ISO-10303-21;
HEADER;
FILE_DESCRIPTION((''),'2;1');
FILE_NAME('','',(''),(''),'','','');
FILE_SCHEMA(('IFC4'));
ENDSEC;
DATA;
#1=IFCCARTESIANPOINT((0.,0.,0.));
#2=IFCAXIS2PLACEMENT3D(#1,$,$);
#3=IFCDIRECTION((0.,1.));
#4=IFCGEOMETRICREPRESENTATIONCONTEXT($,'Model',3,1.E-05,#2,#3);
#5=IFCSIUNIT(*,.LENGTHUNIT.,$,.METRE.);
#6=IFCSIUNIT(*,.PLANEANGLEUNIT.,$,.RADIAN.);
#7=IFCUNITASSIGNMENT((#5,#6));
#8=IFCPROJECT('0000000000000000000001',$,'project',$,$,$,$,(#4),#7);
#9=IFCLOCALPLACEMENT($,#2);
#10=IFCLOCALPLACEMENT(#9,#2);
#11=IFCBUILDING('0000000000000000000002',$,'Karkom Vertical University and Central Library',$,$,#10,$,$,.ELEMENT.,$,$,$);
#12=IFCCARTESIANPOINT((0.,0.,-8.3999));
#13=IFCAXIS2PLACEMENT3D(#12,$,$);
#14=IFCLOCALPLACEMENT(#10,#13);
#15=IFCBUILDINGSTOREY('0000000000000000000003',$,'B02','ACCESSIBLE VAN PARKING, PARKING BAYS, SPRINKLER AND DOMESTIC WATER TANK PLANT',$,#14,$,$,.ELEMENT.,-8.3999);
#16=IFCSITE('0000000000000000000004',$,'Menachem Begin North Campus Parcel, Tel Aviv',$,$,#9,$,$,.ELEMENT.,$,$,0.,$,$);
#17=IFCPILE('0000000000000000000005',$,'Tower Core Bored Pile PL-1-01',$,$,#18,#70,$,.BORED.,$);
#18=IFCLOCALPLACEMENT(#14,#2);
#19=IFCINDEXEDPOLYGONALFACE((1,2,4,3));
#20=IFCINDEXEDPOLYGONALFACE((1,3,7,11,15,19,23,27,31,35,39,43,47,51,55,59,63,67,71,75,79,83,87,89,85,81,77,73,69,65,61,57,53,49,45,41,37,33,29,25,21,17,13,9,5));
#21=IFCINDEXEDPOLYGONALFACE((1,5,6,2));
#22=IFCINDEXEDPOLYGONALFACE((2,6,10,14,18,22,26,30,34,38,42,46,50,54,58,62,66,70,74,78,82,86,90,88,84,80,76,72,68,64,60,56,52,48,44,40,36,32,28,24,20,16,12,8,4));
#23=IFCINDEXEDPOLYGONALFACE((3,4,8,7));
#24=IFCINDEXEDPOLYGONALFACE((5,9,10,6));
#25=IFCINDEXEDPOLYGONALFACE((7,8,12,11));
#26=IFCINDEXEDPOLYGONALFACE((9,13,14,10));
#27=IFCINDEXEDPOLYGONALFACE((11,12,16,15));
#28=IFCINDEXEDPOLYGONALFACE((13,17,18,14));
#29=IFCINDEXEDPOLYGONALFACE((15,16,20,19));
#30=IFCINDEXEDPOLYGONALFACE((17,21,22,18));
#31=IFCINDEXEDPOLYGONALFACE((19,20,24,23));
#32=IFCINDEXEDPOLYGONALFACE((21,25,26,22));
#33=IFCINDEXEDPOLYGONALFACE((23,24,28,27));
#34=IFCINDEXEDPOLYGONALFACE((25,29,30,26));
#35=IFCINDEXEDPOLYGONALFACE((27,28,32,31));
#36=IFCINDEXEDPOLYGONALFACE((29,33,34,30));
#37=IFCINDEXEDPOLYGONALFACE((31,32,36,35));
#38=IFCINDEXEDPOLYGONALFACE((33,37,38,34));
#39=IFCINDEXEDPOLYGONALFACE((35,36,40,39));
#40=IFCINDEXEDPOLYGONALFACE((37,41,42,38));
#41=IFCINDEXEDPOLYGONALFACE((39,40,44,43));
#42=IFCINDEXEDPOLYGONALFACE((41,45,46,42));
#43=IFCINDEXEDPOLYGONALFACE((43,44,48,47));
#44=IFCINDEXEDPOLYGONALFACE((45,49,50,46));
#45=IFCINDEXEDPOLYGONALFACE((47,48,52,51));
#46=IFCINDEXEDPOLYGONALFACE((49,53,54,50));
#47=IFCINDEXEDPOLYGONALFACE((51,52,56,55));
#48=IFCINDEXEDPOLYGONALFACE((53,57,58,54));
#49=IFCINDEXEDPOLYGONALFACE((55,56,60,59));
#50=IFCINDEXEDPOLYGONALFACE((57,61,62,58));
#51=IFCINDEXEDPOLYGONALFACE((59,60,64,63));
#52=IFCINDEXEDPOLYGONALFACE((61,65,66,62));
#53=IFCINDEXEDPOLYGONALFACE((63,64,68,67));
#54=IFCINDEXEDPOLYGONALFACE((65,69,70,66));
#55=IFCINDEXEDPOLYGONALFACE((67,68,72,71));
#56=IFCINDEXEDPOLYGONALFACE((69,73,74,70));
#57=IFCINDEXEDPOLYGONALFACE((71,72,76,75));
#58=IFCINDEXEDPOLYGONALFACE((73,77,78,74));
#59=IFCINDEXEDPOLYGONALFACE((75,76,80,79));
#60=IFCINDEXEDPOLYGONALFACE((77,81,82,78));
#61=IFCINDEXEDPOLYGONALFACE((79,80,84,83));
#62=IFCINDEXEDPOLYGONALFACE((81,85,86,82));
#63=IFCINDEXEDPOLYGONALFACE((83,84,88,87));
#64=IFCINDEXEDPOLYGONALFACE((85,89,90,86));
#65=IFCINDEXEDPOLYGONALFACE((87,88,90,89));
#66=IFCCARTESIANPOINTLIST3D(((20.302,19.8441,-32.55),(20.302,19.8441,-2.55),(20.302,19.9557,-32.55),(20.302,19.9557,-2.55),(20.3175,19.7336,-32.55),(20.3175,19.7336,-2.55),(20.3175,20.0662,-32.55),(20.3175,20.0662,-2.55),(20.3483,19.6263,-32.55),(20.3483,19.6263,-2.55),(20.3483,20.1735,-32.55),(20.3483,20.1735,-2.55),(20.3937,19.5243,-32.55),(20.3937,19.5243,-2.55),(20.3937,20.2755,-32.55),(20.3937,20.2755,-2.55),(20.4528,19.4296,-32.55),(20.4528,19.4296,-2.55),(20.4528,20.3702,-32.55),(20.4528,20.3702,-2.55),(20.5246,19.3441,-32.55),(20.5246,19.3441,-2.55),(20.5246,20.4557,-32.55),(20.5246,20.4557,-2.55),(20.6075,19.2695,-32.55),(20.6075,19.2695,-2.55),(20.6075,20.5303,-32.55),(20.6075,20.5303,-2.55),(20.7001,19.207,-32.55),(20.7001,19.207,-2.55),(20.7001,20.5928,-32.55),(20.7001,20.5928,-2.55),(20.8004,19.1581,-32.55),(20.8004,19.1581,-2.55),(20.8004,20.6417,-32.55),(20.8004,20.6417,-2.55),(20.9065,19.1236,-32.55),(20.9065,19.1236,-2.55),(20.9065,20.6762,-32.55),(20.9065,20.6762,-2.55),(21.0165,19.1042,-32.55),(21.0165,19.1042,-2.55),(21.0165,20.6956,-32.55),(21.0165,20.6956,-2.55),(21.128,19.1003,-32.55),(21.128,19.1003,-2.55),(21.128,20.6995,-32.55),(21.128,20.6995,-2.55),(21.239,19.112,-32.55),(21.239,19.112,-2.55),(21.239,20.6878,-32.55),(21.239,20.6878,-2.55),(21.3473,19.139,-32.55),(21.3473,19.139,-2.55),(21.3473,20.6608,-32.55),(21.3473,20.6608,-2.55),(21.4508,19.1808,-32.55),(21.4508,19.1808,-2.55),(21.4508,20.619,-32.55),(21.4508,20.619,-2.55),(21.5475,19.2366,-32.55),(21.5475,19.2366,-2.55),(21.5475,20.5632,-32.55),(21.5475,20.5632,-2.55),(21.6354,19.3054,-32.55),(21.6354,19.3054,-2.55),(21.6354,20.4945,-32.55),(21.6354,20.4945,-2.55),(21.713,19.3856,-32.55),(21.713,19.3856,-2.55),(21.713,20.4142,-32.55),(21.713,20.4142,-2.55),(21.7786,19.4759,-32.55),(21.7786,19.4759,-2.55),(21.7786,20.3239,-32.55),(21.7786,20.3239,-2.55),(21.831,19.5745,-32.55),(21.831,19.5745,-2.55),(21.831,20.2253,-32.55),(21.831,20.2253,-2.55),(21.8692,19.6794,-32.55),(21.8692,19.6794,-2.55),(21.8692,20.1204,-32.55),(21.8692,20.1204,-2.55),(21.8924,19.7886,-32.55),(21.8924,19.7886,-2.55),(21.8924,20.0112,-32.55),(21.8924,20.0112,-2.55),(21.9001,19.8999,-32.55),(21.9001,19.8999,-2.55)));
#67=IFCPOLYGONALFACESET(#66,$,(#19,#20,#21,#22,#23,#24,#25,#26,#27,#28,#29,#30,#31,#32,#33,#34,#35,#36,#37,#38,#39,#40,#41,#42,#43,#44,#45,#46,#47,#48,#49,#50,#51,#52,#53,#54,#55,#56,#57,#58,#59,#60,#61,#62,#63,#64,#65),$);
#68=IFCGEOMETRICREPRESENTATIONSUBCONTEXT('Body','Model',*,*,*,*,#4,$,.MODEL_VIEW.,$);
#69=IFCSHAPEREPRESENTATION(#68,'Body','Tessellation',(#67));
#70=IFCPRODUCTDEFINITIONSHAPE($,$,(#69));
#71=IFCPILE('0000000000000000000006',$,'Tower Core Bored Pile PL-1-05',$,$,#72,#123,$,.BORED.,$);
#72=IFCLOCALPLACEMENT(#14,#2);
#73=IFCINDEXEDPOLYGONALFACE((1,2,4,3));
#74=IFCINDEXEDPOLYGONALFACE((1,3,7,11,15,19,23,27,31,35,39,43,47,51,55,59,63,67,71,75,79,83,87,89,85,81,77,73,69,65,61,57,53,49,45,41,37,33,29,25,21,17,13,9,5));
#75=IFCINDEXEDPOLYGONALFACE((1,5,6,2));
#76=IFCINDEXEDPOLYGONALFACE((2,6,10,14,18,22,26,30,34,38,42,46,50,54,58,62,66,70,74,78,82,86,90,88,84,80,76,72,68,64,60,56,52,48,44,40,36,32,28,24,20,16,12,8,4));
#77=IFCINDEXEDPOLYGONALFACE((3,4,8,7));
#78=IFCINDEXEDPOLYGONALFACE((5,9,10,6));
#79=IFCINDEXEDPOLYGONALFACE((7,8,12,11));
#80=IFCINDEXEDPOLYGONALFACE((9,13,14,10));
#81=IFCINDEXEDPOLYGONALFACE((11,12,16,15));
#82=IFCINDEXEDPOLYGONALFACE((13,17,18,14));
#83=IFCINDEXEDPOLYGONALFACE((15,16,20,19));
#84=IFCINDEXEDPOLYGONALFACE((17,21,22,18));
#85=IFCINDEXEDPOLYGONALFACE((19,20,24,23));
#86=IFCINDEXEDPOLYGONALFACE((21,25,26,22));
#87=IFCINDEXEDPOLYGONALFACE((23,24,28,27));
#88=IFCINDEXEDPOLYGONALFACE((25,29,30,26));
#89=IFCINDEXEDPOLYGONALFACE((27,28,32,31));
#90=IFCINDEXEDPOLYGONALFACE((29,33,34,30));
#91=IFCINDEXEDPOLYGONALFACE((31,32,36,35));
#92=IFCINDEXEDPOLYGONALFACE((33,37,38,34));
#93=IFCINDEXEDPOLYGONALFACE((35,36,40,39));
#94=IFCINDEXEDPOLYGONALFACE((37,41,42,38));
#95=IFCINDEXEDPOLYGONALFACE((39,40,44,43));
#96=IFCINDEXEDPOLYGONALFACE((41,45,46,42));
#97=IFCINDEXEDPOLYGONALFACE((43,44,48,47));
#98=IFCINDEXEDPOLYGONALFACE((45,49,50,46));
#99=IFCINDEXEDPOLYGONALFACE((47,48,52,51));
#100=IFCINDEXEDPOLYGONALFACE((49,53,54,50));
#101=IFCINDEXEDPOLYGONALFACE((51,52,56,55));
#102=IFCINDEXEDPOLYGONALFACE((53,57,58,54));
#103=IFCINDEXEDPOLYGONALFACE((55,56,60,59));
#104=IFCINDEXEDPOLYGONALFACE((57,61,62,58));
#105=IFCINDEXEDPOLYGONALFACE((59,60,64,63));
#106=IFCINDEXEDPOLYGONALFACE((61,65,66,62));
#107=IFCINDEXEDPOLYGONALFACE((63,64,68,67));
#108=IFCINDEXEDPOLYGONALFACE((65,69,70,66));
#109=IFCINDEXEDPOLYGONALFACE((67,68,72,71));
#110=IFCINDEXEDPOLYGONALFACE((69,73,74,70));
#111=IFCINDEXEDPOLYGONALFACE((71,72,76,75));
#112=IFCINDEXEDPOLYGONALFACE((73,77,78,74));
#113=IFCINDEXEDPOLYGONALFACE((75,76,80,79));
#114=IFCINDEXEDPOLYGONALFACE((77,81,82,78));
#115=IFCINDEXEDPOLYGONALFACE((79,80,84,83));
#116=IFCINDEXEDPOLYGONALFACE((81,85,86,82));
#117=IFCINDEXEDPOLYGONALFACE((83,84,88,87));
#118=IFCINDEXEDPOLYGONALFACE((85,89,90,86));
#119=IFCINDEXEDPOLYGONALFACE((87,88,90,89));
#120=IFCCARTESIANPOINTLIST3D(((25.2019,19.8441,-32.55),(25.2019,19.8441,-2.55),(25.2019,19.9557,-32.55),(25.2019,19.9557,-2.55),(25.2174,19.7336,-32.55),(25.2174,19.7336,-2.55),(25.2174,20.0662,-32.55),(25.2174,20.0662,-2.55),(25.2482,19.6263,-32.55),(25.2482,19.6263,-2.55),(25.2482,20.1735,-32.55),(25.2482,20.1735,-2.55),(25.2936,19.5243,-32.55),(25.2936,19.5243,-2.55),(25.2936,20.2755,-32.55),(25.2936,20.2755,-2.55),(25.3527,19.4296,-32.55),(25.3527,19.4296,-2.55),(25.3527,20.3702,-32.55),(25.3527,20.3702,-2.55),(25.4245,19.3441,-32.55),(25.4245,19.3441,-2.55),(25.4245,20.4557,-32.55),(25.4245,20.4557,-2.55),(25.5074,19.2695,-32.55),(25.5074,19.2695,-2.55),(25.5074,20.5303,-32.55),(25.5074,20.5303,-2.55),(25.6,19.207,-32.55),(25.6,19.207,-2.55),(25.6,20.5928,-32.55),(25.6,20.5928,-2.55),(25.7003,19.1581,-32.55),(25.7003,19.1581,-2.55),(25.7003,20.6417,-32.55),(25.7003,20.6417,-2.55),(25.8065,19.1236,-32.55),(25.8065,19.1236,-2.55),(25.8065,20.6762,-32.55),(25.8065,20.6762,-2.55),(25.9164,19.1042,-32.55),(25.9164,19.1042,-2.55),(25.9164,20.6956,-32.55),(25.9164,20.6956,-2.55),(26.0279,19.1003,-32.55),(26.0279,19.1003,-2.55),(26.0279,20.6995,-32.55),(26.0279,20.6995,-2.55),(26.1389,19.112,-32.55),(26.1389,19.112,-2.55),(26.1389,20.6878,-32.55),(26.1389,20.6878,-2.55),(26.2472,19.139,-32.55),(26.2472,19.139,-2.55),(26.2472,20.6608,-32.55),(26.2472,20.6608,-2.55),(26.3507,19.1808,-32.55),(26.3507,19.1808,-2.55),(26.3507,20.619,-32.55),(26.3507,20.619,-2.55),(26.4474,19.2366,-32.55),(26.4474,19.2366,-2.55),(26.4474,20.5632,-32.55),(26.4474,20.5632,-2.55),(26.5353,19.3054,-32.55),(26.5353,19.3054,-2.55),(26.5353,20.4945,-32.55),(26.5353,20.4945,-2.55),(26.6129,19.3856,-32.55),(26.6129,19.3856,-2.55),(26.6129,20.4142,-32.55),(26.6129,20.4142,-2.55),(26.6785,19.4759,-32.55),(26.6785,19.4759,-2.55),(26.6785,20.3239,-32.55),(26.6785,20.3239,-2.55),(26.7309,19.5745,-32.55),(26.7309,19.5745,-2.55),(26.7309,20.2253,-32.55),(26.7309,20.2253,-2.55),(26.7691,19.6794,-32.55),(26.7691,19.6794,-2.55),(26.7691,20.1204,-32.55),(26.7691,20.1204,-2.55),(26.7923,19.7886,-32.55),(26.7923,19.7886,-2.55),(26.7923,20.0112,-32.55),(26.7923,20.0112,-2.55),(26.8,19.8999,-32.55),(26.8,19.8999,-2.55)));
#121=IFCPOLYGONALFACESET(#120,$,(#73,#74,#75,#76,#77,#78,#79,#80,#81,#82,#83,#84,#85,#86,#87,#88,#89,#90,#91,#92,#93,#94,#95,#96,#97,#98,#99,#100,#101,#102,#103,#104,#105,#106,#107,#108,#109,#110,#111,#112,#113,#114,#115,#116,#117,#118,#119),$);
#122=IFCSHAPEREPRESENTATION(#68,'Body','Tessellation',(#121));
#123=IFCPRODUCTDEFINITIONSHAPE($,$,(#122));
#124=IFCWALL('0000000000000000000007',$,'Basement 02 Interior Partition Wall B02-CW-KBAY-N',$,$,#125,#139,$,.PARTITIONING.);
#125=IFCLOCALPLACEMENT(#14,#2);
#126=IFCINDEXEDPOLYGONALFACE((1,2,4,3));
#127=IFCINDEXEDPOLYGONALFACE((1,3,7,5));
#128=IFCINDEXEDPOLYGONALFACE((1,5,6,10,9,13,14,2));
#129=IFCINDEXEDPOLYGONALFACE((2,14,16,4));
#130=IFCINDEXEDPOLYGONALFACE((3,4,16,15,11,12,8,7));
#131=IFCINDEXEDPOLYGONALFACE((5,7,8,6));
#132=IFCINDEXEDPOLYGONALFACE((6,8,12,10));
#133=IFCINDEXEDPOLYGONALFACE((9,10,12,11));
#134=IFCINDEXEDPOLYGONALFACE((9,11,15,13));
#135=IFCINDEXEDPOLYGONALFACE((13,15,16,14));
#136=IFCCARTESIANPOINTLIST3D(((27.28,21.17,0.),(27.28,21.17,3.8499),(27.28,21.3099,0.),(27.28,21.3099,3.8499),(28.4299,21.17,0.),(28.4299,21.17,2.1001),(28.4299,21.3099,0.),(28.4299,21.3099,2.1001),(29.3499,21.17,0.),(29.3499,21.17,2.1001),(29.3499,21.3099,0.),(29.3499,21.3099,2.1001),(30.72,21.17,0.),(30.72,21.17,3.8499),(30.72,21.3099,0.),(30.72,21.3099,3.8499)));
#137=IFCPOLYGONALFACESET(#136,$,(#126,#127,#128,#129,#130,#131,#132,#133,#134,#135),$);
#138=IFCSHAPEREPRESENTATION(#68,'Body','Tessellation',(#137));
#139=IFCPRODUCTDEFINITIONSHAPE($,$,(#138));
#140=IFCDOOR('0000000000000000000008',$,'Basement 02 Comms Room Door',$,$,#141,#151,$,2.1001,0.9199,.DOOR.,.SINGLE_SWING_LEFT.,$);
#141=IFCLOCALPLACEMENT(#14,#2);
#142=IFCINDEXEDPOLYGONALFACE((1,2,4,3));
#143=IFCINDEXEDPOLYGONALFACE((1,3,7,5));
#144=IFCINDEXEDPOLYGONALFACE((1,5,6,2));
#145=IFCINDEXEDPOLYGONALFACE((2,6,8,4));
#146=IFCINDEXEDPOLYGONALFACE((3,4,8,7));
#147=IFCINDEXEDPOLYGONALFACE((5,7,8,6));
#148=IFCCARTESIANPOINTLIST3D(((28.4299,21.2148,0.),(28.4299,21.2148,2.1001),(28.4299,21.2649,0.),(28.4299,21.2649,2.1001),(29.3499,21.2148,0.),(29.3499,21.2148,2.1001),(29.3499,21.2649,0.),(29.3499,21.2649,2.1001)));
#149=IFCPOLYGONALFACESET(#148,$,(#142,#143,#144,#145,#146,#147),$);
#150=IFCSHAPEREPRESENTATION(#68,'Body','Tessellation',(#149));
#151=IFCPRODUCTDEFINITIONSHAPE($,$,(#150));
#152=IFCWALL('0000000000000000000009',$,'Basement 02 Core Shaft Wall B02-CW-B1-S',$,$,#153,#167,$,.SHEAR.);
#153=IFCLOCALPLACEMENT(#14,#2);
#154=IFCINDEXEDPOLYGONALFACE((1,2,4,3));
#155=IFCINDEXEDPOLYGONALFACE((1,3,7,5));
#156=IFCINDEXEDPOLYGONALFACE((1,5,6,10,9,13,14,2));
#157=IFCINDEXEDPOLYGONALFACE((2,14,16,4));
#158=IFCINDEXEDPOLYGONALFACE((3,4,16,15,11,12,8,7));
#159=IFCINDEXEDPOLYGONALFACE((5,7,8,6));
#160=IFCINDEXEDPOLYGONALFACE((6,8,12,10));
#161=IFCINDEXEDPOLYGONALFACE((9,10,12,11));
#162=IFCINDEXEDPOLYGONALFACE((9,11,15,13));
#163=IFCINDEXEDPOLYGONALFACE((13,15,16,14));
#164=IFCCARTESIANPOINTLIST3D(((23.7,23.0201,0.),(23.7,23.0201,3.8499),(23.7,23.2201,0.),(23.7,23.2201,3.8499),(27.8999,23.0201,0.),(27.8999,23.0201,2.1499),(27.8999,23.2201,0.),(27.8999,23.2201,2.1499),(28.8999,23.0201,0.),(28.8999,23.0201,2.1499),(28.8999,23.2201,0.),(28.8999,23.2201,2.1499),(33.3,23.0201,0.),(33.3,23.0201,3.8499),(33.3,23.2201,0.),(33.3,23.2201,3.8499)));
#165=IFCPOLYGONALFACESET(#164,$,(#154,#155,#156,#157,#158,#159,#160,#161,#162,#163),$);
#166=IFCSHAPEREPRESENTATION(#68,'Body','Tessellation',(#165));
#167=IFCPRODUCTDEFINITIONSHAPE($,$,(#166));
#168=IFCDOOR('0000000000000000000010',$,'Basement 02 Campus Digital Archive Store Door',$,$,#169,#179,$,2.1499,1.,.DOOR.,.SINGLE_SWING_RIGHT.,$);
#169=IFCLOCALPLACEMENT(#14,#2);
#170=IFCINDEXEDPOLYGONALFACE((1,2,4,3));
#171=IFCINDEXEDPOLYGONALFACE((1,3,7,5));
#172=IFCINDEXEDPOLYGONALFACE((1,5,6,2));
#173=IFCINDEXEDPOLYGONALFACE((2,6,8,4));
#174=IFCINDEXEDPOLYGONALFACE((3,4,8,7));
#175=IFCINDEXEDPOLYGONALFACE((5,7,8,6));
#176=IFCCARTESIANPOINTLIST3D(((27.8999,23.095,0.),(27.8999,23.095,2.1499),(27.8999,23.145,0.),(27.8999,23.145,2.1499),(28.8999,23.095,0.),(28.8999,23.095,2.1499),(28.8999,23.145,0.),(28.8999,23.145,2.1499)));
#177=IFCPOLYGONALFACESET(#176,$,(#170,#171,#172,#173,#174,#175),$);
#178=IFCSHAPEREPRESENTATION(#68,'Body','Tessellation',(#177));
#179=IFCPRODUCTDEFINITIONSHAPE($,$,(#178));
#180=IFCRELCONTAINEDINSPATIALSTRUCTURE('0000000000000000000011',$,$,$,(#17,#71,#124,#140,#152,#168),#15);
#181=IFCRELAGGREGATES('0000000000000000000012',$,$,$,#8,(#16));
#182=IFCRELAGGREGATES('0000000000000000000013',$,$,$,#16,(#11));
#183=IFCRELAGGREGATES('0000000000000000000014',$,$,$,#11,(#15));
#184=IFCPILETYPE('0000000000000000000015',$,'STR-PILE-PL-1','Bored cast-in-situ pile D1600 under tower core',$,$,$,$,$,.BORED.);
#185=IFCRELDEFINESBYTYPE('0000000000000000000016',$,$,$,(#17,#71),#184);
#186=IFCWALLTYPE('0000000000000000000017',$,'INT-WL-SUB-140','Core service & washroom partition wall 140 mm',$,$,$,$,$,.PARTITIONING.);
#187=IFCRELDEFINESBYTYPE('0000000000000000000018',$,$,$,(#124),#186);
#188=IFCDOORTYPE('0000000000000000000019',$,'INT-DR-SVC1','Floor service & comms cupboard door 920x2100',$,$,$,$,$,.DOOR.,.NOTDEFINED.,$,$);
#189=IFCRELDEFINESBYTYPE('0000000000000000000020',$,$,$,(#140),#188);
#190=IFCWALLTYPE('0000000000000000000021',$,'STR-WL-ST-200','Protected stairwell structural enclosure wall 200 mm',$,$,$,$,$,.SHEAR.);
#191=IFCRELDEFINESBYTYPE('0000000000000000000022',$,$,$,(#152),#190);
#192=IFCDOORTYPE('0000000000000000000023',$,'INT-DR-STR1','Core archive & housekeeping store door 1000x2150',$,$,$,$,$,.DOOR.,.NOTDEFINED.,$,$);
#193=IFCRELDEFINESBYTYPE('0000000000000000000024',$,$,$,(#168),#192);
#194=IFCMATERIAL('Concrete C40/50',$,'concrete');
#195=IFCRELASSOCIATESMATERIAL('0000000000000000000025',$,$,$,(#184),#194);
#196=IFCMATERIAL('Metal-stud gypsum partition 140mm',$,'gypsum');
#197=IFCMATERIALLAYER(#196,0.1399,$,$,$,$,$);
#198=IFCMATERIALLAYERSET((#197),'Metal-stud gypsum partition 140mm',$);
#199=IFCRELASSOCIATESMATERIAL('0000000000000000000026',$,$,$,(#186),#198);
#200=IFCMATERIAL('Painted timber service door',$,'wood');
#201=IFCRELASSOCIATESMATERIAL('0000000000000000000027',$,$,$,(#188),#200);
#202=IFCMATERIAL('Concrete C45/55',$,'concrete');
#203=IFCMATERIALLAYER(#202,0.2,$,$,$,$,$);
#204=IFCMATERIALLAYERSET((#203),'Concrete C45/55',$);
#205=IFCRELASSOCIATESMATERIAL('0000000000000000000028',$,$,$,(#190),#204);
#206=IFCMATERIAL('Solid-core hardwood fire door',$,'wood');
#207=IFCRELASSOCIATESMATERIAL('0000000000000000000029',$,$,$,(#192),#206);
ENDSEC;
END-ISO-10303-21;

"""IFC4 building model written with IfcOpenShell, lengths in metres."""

from ifc_helpers import new_model, si_unit, direction, frame, frame_2d, origin, origin_with_axes, origin_2d, place, context, subcontext, project, spatial, rectangle, circle, extrude, source, transform, mapped, material, layer, layer_set, material_profile, profile_set, type_object, element, fill, save


model = new_model("IFC4")

# Units and contexts
model_context = context("Model", 3, precision=1e-05, world=origin(), true_north=direction((0.0, 1.0)))
body_context = subcontext(model_context, "Body", "Model", "MODEL_VIEW")
ifc_project = project(units=[si_unit("LENGTHUNIT", "METRE"), si_unit("PLANEANGLEUNIT", "RADIAN")], contexts=[model_context])

# Site, building, storey
site_placement = place(None, origin())
site = spatial("IfcSite", under=ifc_project, at=site_placement, Name="Menachem Begin North Campus Parcel, Tel Aviv", CompositionType="ELEMENT", RefElevation=0.0)
building_placement = place(site_placement, origin())
building = spatial("IfcBuilding", under=site, at=building_placement, Name="Karkom Vertical University and Central Library", CompositionType="ELEMENT")
storey_placement = place(building_placement, frame((0.0, 0.0, -8.3999)))
storey = spatial("IfcBuildingStorey", under=building, at=storey_placement, Name="B02", Description="ACCESSIBLE VAN PARKING, PARKING BAYS, SPRINKLER AND DOMESTIC WATER TANK PLANT", CompositionType="ELEMENT", Elevation=-8.3999)

# Piles
ifc_material_1 = material(Name="Concrete C40/50", Category="concrete")
ifc_material_profile = material_profile(ifc_material_1, circle(Radius=0.8, at=origin_2d()), Name="PILE-D1600")
ifc_profile_set = profile_set([ifc_material_profile], Name="Concrete C40/50")
pile_type = type_object("IfcPileType", Name="STR-PILE-PL-1", Description="Bored cast-in-situ pile D1600 under tower core", PredefinedType="BORED", material=ifc_profile_set)
shared_shape_1 = source(origin_with_axes(), body_context, "Body", "SweptSolid", [
    extrude(circle(Radius=0.8, at=origin_2d()), origin(), (0.0, 0.0, 1.0), 30.0),
])
for number, where, z_axis, x_axis, name in (
    (1, (21.1001, 19.8999, -2.55), (0.0, 0.0, -1.0), (1.0, 0.0, 0.0), "Tower Core Bored Pile PL-1-01"),
    (2, (26.0, 19.8999, -2.55), (0.0, 0.0, -1.0), (1.0, 0.0, 0.0), "Tower Core Bored Pile PL-1-05"),
):
    element("IfcPile", number, at=place(storey_placement, frame(where, z_axis=z_axis, x_axis=x_axis)), inside=storey, type_object=pile_type, Name=name, PredefinedType="BORED", context=body_context, shape_type="MappedRepresentation", body=[
        mapped(shared_shape_1, transform((0.0, 0.0, 0.0), scale=1.0)),
    ])

# Walls, openings, doors
ifc_material_2 = material(Name="Metal-stud gypsum partition 140mm", Category="gypsum")
ifc_layer_1 = layer(ifc_material_2, 0.1399)
ifc_layer_set_1 = layer_set([ifc_layer_1], Name="Metal-stud gypsum partition 140mm")
wall_type_1 = type_object("IfcWallType", Name="INT-WL-SUB-140", Description="Core service & washroom partition wall 140 mm", PredefinedType="PARTITIONING", material=ifc_layer_set_1)
wall_1_placement = place(storey_placement, frame((27.28, 21.24, 0.0), z_axis=(0.0, 0.0, 1.0), x_axis=(1.0, 0.0, 0.0)))
wall_1 = element("IfcWall", 3, at=wall_1_placement, inside=storey, type_object=wall_type_1, Name="Basement 02 Interior Partition Wall B02-CW-KBAY-N", PredefinedType="PARTITIONING", context=body_context, shape_type="SweptSolid", body=[
    extrude(rectangle(XDim=3.4399, YDim=0.1399, at=frame_2d((1.72, 0.0))), origin(), (0.0, 0.0, 1.0), 3.8499),
])
opening_1_placement = place(wall_1_placement, frame((1.1499, 0.0, 0.0)))
opening_1 = element("IfcOpeningElement", 4, at=opening_1_placement, cuts=wall_1, PredefinedType="OPENING", context=body_context, shape_type="SweptSolid", body=[
    extrude(rectangle(XDim=0.9199, YDim=2.1001, at=frame_2d((0.46, 1.05))), frame((0.0, 0.0801, 0.0), z_axis=(0.0, -1.0, 0.0), x_axis=(1.0, 0.0, 0.0)), (0.0, 0.0, 1.0), 0.1599),
])
ifc_material_3 = material(Name="Painted timber service door", Category="wood")
door_type_1 = type_object("IfcDoorType", Name="INT-DR-SVC1", Description="Floor service & comms cupboard door 920x2100", OperationType="NOTDEFINED", PredefinedType="DOOR", material=ifc_material_3)
shared_shape_2 = source(origin_with_axes(), body_context, "Body", "SweptSolid", [
    extrude(rectangle(XDim=0.9199, YDim=2.1001, at=frame_2d((0.46, 1.05))), frame((0.0, 0.0249, 0.0), z_axis=(0.0, -1.0, 0.0), x_axis=(1.0, 0.0, 0.0)), (0.0, 0.0, 1.0), 0.05),
])
door_1_placement = place(opening_1_placement, origin())
door_1 = element("IfcDoor", 5, at=door_1_placement, inside=storey, type_object=door_type_1, Name="Basement 02 Comms Room Door", OperationType="SINGLE_SWING_LEFT", OverallHeight=2.1001, OverallWidth=0.9199, PredefinedType="DOOR", context=body_context, shape_type="MappedRepresentation", body=[
    mapped(shared_shape_2, transform((0.0, 0.0, 0.0), scale=1.0)),
])
fill(opening_1, door_1)
ifc_material_4 = material(Name="Concrete C45/55", Category="concrete")
ifc_layer_2 = layer(ifc_material_4, 0.2)
ifc_layer_set_2 = layer_set([ifc_layer_2], Name="Concrete C45/55")
wall_type_2 = type_object("IfcWallType", Name="STR-WL-ST-200", Description="Protected stairwell structural enclosure wall 200 mm", PredefinedType="SHEAR", material=ifc_layer_set_2)
wall_2_placement = place(storey_placement, frame((23.7, 23.1201, 0.0), z_axis=(0.0, 0.0, 1.0), x_axis=(1.0, 0.0, 0.0)))
wall_2 = element("IfcWall", 6, at=wall_2_placement, inside=storey, type_object=wall_type_2, Name="Basement 02 Core Shaft Wall B02-CW-B1-S", PredefinedType="SHEAR", context=body_context, shape_type="SweptSolid", body=[
    extrude(rectangle(XDim=9.6001, YDim=0.2, at=frame_2d((4.8, 0.0))), origin(), (0.0, 0.0, 1.0), 3.8499),
])
opening_2_placement = place(wall_2_placement, frame((4.2, 0.0, 0.0)))
opening_2 = element("IfcOpeningElement", 7, at=opening_2_placement, cuts=wall_2, PredefinedType="OPENING", context=body_context, shape_type="SweptSolid", body=[
    extrude(rectangle(XDim=1.0, YDim=2.1499, at=frame_2d((0.5, 1.075))), frame((0.0, 0.1099, 0.0), z_axis=(0.0, -1.0, 0.0), x_axis=(1.0, 0.0, 0.0)), (0.0, 0.0, 1.0), 0.22),
])
ifc_material_5 = material(Name="Solid-core hardwood fire door", Category="wood")
door_type_2 = type_object("IfcDoorType", Name="INT-DR-STR1", Description="Core archive & housekeeping store door 1000x2150", OperationType="NOTDEFINED", PredefinedType="DOOR", material=ifc_material_5)
shared_shape_3 = source(origin_with_axes(), body_context, "Body", "SweptSolid", [
    extrude(rectangle(XDim=1.0, YDim=2.1499, at=frame_2d((0.5, 1.075))), frame((0.0, 0.0249, 0.0), z_axis=(0.0, -1.0, 0.0), x_axis=(1.0, 0.0, 0.0)), (0.0, 0.0, 1.0), 0.05),
])
door_2_placement = place(opening_2_placement, origin())
door_2 = element("IfcDoor", 8, at=door_2_placement, inside=storey, type_object=door_type_2, Name="Basement 02 Campus Digital Archive Store Door", OperationType="SINGLE_SWING_RIGHT", OverallHeight=2.1499, OverallWidth=1.0, PredefinedType="DOOR", context=body_context, shape_type="MappedRepresentation", body=[
    mapped(shared_shape_3, transform((0.0, 0.0, 0.0), scale=1.0)),
])
fill(opening_2, door_2)

save(model, "model.ifc")
